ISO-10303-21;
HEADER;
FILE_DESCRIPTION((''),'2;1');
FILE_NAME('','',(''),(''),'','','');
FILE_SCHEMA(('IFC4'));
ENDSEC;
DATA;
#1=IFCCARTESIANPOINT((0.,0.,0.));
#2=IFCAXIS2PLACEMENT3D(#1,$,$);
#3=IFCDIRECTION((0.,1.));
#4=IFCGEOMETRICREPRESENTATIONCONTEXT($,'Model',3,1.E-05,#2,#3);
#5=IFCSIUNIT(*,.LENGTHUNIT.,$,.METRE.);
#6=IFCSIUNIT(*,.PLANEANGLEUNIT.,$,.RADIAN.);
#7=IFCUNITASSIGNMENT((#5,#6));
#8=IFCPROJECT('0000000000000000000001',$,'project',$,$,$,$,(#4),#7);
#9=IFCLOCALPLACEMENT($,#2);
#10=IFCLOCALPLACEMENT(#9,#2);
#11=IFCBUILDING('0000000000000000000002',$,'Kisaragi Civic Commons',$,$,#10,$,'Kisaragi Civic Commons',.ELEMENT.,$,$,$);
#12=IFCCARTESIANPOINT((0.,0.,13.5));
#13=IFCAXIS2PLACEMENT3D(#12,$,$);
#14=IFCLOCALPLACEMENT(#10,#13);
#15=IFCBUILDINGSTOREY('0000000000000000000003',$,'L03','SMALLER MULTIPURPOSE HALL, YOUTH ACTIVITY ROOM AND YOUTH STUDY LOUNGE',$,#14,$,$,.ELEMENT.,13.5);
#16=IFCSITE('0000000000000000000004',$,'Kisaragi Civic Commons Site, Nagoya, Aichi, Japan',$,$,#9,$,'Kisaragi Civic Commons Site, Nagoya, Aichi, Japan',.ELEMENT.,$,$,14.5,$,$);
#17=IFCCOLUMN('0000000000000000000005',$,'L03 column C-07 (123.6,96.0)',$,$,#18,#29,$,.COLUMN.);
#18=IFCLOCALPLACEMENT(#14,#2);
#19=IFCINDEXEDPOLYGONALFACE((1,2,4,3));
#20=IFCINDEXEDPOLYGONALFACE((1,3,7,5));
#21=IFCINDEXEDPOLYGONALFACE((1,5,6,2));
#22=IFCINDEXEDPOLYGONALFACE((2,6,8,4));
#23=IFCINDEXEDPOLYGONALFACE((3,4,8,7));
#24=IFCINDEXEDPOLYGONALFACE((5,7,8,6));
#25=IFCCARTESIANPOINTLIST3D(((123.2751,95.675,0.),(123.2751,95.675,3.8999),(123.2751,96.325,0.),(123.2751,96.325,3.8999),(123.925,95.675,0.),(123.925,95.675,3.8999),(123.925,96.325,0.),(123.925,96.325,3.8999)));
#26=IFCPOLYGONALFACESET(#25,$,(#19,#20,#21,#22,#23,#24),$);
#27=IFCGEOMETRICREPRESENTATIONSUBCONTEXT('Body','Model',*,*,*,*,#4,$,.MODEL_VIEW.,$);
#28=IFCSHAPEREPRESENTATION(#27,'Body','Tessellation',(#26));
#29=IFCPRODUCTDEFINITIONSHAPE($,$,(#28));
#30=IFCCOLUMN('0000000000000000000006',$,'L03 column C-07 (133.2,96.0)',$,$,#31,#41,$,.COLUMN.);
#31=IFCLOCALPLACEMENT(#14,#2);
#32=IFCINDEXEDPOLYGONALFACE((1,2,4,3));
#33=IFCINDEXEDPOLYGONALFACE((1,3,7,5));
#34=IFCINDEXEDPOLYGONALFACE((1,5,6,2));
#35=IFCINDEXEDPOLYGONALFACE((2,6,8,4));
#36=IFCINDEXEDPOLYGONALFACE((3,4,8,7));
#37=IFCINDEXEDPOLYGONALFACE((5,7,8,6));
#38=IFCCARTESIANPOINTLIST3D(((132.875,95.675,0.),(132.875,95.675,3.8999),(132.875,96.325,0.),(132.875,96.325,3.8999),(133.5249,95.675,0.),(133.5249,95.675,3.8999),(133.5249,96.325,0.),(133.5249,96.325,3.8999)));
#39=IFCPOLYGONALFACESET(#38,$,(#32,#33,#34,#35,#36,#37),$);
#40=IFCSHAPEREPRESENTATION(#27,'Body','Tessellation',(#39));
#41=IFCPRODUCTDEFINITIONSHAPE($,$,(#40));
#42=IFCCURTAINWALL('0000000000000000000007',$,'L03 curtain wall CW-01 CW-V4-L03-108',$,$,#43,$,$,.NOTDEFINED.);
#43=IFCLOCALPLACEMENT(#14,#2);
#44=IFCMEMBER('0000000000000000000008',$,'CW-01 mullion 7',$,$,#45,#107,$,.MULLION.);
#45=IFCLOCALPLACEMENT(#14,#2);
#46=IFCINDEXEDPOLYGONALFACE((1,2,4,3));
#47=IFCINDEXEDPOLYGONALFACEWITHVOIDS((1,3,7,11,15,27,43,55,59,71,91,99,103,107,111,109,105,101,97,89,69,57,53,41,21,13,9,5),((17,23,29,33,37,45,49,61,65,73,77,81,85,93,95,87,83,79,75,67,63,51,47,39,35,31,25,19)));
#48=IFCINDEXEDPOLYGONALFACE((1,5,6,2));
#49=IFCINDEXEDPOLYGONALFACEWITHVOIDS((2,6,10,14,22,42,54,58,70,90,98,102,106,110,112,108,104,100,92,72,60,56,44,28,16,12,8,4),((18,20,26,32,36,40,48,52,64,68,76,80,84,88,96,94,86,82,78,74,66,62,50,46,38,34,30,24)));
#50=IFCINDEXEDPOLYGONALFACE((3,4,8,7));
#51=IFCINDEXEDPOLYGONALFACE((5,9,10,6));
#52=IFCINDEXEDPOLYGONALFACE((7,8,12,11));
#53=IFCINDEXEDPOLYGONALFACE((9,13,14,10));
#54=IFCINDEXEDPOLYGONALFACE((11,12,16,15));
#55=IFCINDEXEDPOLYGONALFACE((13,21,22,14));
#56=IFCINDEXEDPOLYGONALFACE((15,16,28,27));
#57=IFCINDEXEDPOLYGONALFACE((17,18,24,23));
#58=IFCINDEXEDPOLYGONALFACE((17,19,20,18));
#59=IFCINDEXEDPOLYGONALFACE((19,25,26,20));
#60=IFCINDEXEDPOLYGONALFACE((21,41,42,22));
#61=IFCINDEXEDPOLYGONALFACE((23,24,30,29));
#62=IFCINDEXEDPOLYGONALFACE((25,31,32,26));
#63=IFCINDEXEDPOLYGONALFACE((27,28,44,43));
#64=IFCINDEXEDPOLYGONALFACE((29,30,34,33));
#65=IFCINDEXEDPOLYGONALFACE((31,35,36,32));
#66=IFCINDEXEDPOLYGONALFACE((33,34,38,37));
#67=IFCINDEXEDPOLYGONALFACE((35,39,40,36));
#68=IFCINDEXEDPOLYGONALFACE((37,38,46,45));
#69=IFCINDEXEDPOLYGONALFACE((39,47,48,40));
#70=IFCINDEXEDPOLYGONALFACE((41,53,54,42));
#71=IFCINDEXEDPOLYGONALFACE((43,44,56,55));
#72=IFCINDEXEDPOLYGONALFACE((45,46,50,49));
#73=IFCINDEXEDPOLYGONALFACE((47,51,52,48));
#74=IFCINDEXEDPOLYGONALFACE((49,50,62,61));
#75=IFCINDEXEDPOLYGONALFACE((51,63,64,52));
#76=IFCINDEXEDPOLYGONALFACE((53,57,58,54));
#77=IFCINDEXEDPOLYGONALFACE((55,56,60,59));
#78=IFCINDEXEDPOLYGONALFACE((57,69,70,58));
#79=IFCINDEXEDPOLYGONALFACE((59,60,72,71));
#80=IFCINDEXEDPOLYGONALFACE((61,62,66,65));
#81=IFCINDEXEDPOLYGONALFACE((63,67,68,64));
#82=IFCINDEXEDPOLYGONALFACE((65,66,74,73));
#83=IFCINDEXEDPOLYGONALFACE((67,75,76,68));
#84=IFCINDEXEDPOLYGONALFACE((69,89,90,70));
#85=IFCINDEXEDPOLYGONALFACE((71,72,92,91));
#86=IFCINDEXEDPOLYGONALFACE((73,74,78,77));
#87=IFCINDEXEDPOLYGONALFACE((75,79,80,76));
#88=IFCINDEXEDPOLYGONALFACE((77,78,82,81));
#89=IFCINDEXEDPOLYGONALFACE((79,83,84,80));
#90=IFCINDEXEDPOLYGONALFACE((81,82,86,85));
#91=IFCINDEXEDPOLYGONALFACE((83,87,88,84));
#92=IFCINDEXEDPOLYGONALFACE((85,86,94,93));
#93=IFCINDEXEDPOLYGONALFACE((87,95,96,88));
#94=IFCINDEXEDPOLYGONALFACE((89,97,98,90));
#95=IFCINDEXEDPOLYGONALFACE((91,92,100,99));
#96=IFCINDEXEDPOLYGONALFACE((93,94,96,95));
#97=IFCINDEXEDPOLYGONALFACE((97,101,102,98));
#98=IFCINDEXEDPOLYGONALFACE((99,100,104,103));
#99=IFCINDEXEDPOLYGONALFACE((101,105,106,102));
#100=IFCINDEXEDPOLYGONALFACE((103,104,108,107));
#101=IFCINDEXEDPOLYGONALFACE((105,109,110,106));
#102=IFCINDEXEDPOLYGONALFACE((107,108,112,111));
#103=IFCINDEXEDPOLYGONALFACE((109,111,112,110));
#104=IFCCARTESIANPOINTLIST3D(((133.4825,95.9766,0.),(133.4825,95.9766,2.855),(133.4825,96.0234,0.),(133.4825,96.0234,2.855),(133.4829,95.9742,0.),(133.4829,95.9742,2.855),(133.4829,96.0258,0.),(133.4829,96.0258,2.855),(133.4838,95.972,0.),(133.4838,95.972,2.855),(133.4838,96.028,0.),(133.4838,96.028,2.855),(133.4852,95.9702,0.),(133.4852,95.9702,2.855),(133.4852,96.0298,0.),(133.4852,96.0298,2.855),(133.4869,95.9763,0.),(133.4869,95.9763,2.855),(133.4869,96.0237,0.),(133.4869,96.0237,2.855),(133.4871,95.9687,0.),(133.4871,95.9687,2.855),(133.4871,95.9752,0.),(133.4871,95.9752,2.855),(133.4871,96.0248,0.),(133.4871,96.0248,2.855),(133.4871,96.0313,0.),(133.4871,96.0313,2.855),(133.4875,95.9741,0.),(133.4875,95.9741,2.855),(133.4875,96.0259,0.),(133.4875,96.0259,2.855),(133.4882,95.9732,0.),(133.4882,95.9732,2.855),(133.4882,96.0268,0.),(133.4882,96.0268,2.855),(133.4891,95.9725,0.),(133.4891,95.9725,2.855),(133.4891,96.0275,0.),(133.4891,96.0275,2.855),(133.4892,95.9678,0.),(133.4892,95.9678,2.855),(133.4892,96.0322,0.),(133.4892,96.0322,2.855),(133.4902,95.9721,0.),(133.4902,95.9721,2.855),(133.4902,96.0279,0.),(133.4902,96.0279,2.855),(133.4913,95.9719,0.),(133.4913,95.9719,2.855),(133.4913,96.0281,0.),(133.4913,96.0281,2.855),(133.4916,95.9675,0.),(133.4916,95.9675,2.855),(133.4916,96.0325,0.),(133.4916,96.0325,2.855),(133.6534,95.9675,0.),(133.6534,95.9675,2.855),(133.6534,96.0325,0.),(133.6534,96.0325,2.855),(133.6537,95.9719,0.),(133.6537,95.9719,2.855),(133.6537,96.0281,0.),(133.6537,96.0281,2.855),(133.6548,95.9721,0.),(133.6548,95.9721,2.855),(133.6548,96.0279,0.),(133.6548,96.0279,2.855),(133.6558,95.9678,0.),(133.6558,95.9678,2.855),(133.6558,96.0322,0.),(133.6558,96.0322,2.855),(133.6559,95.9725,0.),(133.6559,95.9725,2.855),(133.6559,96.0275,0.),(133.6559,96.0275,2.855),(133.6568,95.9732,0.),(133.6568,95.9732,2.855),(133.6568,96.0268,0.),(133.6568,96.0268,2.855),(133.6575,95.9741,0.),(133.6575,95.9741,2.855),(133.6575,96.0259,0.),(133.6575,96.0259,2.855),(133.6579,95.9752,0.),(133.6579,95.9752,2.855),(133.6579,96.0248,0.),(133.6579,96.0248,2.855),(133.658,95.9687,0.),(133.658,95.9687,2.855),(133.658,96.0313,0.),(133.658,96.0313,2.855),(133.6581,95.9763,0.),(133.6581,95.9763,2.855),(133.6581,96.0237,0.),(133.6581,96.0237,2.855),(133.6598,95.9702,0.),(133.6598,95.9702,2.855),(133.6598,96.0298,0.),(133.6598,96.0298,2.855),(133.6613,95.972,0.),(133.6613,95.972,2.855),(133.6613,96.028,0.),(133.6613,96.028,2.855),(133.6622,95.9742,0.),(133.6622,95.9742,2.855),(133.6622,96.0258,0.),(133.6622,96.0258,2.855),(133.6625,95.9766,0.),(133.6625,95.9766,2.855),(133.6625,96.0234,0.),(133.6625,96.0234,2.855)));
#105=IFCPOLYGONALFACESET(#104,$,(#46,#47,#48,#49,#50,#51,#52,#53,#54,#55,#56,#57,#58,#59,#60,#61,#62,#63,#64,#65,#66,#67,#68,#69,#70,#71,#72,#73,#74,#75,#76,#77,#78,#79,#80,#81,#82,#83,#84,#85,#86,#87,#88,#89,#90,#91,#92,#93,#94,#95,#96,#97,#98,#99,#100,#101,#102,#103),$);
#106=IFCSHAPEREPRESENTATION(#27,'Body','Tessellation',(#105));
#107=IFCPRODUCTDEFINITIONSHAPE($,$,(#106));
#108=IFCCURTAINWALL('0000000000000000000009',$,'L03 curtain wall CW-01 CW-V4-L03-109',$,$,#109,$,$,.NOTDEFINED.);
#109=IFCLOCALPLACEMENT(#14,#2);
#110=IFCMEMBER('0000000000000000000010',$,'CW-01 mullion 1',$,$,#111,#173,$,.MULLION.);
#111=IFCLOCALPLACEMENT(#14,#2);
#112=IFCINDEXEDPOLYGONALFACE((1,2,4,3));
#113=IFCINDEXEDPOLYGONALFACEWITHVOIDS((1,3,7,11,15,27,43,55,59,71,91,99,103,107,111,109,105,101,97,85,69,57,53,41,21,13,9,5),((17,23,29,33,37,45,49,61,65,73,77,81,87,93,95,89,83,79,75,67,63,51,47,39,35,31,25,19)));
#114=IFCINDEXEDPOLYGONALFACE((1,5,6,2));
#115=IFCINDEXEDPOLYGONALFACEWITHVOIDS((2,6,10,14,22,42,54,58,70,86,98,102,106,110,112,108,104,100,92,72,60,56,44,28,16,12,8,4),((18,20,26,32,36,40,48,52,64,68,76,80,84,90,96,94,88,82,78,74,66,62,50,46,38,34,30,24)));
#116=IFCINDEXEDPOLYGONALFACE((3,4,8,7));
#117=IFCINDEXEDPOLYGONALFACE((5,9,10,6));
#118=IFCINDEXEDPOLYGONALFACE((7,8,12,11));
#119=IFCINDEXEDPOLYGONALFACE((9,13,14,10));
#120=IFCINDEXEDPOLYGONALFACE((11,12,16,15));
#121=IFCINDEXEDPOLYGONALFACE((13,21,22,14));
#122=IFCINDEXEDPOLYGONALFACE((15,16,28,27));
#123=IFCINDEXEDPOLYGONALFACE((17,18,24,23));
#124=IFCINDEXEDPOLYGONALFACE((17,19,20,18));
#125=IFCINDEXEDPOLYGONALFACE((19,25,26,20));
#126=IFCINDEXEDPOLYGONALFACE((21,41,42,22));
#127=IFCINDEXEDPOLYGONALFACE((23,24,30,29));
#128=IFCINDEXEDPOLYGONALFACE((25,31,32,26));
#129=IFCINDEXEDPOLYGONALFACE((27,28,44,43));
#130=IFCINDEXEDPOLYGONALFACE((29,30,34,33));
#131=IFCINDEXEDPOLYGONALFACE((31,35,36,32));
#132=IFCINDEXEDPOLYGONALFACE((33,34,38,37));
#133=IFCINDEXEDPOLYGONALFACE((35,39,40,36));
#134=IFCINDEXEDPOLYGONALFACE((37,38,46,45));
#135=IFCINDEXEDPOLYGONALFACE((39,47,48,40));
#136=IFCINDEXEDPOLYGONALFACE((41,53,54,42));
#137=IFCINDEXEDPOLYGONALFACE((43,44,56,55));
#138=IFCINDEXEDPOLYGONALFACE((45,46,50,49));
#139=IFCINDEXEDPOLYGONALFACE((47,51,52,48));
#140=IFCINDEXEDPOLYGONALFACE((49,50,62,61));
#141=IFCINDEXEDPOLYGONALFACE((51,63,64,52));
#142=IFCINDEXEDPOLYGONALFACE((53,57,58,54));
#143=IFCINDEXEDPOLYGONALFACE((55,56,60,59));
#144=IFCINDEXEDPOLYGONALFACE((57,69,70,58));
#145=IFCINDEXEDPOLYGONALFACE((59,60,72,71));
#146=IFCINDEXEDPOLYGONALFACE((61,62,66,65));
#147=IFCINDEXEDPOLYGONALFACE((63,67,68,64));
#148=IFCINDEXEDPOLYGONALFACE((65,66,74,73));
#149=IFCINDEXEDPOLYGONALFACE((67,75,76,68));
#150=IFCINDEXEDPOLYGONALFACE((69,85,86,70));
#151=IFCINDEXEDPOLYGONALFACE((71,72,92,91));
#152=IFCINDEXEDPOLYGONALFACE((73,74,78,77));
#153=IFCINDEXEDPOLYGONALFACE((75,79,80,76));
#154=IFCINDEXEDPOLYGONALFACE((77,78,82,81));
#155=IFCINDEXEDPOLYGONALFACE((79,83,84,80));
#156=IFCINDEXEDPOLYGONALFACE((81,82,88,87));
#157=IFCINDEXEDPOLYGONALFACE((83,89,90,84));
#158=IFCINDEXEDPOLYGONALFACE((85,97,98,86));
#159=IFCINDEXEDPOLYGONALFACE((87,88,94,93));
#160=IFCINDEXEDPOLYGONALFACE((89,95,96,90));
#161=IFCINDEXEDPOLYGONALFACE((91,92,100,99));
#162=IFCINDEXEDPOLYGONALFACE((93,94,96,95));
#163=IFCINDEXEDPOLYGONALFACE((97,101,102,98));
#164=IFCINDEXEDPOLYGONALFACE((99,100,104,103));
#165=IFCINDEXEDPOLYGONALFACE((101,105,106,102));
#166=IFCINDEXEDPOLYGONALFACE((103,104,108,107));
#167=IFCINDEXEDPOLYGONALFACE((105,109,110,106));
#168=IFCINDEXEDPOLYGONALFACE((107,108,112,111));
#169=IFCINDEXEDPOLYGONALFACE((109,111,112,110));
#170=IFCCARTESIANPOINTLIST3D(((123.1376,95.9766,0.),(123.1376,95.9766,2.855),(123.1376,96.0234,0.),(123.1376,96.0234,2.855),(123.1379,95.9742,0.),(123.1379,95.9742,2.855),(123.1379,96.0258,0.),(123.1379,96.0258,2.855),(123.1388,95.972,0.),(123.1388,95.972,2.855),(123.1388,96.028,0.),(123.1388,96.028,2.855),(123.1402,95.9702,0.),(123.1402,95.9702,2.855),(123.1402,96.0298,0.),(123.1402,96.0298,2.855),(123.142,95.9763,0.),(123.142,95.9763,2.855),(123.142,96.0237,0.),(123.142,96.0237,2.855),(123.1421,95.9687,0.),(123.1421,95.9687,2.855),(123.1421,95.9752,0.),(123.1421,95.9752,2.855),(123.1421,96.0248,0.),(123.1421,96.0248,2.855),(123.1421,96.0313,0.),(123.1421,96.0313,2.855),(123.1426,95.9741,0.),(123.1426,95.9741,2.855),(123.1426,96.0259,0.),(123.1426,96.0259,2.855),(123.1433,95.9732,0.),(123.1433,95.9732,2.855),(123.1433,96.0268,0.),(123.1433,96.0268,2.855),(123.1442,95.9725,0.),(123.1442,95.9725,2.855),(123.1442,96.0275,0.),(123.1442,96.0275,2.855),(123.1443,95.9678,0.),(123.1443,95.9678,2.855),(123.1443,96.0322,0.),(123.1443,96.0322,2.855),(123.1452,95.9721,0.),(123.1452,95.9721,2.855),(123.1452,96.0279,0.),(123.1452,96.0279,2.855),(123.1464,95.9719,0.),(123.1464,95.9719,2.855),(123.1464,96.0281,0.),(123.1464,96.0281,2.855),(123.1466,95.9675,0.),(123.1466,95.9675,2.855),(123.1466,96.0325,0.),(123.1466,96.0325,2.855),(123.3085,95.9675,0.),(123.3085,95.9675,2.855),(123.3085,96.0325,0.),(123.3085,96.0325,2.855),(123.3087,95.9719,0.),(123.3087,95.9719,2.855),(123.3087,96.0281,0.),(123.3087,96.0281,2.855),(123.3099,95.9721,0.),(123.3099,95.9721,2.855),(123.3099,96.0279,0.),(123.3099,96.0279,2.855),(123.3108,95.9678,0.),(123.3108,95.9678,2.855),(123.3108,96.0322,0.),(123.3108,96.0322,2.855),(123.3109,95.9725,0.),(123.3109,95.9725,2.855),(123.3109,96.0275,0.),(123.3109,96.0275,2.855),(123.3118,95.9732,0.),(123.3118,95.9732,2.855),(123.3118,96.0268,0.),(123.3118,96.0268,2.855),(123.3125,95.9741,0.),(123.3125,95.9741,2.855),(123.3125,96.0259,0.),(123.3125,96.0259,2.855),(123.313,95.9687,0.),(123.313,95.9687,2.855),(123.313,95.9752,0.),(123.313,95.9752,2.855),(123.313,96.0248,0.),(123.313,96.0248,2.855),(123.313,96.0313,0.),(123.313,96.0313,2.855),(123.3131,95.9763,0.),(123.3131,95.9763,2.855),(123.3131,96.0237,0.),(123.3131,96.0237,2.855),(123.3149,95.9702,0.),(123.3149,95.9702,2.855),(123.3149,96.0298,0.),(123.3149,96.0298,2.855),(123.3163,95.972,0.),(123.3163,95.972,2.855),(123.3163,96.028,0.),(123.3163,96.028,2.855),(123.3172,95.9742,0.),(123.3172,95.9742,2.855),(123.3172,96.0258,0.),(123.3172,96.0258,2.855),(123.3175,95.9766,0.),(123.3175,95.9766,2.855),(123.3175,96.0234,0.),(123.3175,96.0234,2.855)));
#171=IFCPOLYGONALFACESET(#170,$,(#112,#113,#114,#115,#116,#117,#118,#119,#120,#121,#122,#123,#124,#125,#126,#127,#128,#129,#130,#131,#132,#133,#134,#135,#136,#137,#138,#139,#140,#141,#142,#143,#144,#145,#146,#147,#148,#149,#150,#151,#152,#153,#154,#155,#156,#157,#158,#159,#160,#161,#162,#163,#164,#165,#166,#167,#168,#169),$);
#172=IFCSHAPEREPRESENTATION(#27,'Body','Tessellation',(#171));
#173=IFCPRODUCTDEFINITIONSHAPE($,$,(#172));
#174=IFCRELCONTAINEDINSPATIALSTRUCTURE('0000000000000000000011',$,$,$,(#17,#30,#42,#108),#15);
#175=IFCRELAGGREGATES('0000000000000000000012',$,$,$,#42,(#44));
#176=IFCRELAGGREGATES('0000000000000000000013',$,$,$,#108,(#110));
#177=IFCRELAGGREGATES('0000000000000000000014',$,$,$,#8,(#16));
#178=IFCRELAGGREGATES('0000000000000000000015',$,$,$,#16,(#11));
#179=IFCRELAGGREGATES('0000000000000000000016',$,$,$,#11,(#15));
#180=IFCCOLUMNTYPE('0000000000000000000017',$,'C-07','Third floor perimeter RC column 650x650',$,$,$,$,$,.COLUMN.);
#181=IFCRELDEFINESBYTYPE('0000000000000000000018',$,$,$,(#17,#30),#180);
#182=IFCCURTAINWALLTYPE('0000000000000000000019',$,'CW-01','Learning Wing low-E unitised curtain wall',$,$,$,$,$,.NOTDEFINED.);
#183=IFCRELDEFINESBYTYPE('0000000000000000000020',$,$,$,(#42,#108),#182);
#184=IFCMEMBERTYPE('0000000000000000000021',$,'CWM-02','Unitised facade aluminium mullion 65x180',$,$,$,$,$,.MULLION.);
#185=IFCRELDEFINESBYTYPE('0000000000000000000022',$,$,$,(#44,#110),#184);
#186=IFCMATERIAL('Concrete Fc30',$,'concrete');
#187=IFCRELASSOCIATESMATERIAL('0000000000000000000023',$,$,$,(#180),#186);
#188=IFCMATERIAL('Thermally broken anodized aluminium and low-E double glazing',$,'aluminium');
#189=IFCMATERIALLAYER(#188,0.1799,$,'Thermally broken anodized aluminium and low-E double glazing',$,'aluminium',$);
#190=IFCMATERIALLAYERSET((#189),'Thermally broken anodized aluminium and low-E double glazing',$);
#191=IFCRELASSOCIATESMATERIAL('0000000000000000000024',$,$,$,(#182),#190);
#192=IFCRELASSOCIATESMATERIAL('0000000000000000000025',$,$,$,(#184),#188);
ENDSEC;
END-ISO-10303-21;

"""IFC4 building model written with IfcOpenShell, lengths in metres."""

from ifc_helpers import new_model, si_unit, direction, frame, origin, origin_2d, place, context, subcontext, project, spatial, rectangle, hollow_rectangle, extrude, material, layer, layer_set, material_profile, profile_set, type_object, element, aggregate, save


model = new_model("IFC4")

# Units and contexts
model_context = context("Model", 3, precision=1e-05, world=origin(), true_north=direction((0.0, 1.0)))
body_context = subcontext(model_context, "Body", "Model", "MODEL_VIEW")
ifc_project = project(units=[si_unit("LENGTHUNIT", "METRE"), si_unit("PLANEANGLEUNIT", "RADIAN")], contexts=[model_context])

# Site, building, storey
site_placement = place(None, origin())
site = spatial("IfcSite", under=ifc_project, at=site_placement, Name="Kisaragi Civic Commons Site, Nagoya, Aichi, Japan", LongName="Kisaragi Civic Commons Site, Nagoya, Aichi, Japan", CompositionType="ELEMENT", RefElevation=14.5)
building_placement = place(site_placement, origin())
building = spatial("IfcBuilding", under=site, at=building_placement, Name="Kisaragi Civic Commons", LongName="Kisaragi Civic Commons", CompositionType="ELEMENT")
storey_placement = place(building_placement, frame((0.0, 0.0, 13.5)))
storey = spatial("IfcBuildingStorey", under=building, at=storey_placement, Name="L03", Description="SMALLER MULTIPURPOSE HALL, YOUTH ACTIVITY ROOM AND YOUTH STUDY LOUNGE", CompositionType="ELEMENT", Elevation=13.5)

# Columns
ifc_material_1 = material(Name="Concrete Fc30", Category="concrete")
ifc_material_profile_1 = material_profile(ifc_material_1, rectangle(XDim=0.6499, YDim=0.6499, at=origin_2d()), Name="RC-650x650", Category="concrete")
ifc_profile_set_1 = profile_set([ifc_material_profile_1], Name="Concrete Fc30")
column_type = type_object("IfcColumnType", Name="C-07", Description="Third floor perimeter RC column 650x650", PredefinedType="COLUMN", material=ifc_profile_set_1)
for number, where, z_axis, x_axis, name in (
    (1, (123.6001, 96.0, 0.0), (0.0, 0.0, 1.0), (1.0, 0.0, 0.0), "L03 column C-07 (123.6,96.0)"),
    (2, (133.2, 96.0, 0.0), (0.0, 0.0, 1.0), (1.0, 0.0, 0.0), "L03 column C-07 (133.2,96.0)"),
):
    element("IfcColumn", number, at=place(storey_placement, frame(where, z_axis=z_axis, x_axis=x_axis)), inside=storey, type_object=column_type, Name=name, PredefinedType="COLUMN", context=body_context, shape_type="SweptSolid", body=[
        extrude(rectangle(XDim=0.6499, YDim=0.6499, at=origin_2d()), origin(), (0.0, 0.0, 1.0), 3.8999),
    ])

# Curtain wall, member
ifc_material_2 = material(Name="Thermally broken anodized aluminium and low-E double glazing", Category="aluminium")
ifc_layer_1 = layer(ifc_material_2, 0.1799, Name="Thermally broken anodized aluminium and low-E double glazing", Category="aluminium")
ifc_layer_set_1 = layer_set([ifc_layer_1], Name="Thermally broken anodized aluminium and low-E double glazing")
curtain_wall_type = type_object("IfcCurtainWallType", Name="CW-01", Description="Learning Wing low-E unitised curtain wall", PredefinedType="NOTDEFINED", material=ifc_layer_set_1)
curtain_wall_1_placement = place(storey_placement, origin())
curtain_wall_1 = element("IfcCurtainWall", 3, at=curtain_wall_1_placement, inside=storey, type_object=curtain_wall_type, Name="L03 curtain wall CW-01 CW-V4-L03-108", PredefinedType="NOTDEFINED")
ifc_material_profile_2 = material_profile(ifc_material_2, hollow_rectangle(XDim=0.0649, YDim=0.1799, WallThickness=0.0044, InnerFilletRadius=0.0044, OuterFilletRadius=0.009, at=origin_2d()), Name="CWM-65x180x4.5", Category="aluminium")
ifc_profile_set_2 = profile_set([ifc_material_profile_2], Name="Thermally broken anodized aluminium and low-E double glazing")
member_type_1 = type_object("IfcMemberType", Name="CWM-02", Description="Unitised facade aluminium mullion 65x180", PredefinedType="MULLION", material=ifc_profile_set_2)
member_1_placement = place(storey_placement, frame((133.5725, 96.0, 0.0), z_axis=(0.0, 0.0, 1.0), x_axis=(0.0, -1.0, 0.0)))
member_1 = element("IfcMember", 4, at=member_1_placement, type_object=member_type_1, Name="CW-01 mullion 7", PredefinedType="MULLION", context=body_context, shape_type="SweptSolid", body=[
    extrude(hollow_rectangle(XDim=0.0649, YDim=0.1799, WallThickness=0.0044, InnerFilletRadius=0.0044, OuterFilletRadius=0.009, at=origin_2d()), origin(), (0.0, 0.0, 1.0), 2.855),
])

# Curtain wall, member
curtain_wall_2_placement = place(storey_placement, origin())
curtain_wall_2 = element("IfcCurtainWall", 5, at=curtain_wall_2_placement, inside=storey, type_object=curtain_wall_type, Name="L03 curtain wall CW-01 CW-V4-L03-109", PredefinedType="NOTDEFINED")
member_2_placement = place(storey_placement, frame((123.2275, 96.0, 0.0), z_axis=(0.0, 0.0, 1.0), x_axis=(0.0, -1.0, 0.0)))
member_2 = element("IfcMember", 6, at=member_2_placement, type_object=member_type_1, Name="CW-01 mullion 1", PredefinedType="MULLION", context=body_context, shape_type="SweptSolid", body=[
    extrude(hollow_rectangle(XDim=0.0649, YDim=0.1799, WallThickness=0.0044, InnerFilletRadius=0.0044, OuterFilletRadius=0.009, at=origin_2d()), origin(), (0.0, 0.0, 1.0), 2.855),
])

aggregate(curtain_wall_1, [member_1])
aggregate(curtain_wall_2, [member_2])

save(model, "model.ifc")
